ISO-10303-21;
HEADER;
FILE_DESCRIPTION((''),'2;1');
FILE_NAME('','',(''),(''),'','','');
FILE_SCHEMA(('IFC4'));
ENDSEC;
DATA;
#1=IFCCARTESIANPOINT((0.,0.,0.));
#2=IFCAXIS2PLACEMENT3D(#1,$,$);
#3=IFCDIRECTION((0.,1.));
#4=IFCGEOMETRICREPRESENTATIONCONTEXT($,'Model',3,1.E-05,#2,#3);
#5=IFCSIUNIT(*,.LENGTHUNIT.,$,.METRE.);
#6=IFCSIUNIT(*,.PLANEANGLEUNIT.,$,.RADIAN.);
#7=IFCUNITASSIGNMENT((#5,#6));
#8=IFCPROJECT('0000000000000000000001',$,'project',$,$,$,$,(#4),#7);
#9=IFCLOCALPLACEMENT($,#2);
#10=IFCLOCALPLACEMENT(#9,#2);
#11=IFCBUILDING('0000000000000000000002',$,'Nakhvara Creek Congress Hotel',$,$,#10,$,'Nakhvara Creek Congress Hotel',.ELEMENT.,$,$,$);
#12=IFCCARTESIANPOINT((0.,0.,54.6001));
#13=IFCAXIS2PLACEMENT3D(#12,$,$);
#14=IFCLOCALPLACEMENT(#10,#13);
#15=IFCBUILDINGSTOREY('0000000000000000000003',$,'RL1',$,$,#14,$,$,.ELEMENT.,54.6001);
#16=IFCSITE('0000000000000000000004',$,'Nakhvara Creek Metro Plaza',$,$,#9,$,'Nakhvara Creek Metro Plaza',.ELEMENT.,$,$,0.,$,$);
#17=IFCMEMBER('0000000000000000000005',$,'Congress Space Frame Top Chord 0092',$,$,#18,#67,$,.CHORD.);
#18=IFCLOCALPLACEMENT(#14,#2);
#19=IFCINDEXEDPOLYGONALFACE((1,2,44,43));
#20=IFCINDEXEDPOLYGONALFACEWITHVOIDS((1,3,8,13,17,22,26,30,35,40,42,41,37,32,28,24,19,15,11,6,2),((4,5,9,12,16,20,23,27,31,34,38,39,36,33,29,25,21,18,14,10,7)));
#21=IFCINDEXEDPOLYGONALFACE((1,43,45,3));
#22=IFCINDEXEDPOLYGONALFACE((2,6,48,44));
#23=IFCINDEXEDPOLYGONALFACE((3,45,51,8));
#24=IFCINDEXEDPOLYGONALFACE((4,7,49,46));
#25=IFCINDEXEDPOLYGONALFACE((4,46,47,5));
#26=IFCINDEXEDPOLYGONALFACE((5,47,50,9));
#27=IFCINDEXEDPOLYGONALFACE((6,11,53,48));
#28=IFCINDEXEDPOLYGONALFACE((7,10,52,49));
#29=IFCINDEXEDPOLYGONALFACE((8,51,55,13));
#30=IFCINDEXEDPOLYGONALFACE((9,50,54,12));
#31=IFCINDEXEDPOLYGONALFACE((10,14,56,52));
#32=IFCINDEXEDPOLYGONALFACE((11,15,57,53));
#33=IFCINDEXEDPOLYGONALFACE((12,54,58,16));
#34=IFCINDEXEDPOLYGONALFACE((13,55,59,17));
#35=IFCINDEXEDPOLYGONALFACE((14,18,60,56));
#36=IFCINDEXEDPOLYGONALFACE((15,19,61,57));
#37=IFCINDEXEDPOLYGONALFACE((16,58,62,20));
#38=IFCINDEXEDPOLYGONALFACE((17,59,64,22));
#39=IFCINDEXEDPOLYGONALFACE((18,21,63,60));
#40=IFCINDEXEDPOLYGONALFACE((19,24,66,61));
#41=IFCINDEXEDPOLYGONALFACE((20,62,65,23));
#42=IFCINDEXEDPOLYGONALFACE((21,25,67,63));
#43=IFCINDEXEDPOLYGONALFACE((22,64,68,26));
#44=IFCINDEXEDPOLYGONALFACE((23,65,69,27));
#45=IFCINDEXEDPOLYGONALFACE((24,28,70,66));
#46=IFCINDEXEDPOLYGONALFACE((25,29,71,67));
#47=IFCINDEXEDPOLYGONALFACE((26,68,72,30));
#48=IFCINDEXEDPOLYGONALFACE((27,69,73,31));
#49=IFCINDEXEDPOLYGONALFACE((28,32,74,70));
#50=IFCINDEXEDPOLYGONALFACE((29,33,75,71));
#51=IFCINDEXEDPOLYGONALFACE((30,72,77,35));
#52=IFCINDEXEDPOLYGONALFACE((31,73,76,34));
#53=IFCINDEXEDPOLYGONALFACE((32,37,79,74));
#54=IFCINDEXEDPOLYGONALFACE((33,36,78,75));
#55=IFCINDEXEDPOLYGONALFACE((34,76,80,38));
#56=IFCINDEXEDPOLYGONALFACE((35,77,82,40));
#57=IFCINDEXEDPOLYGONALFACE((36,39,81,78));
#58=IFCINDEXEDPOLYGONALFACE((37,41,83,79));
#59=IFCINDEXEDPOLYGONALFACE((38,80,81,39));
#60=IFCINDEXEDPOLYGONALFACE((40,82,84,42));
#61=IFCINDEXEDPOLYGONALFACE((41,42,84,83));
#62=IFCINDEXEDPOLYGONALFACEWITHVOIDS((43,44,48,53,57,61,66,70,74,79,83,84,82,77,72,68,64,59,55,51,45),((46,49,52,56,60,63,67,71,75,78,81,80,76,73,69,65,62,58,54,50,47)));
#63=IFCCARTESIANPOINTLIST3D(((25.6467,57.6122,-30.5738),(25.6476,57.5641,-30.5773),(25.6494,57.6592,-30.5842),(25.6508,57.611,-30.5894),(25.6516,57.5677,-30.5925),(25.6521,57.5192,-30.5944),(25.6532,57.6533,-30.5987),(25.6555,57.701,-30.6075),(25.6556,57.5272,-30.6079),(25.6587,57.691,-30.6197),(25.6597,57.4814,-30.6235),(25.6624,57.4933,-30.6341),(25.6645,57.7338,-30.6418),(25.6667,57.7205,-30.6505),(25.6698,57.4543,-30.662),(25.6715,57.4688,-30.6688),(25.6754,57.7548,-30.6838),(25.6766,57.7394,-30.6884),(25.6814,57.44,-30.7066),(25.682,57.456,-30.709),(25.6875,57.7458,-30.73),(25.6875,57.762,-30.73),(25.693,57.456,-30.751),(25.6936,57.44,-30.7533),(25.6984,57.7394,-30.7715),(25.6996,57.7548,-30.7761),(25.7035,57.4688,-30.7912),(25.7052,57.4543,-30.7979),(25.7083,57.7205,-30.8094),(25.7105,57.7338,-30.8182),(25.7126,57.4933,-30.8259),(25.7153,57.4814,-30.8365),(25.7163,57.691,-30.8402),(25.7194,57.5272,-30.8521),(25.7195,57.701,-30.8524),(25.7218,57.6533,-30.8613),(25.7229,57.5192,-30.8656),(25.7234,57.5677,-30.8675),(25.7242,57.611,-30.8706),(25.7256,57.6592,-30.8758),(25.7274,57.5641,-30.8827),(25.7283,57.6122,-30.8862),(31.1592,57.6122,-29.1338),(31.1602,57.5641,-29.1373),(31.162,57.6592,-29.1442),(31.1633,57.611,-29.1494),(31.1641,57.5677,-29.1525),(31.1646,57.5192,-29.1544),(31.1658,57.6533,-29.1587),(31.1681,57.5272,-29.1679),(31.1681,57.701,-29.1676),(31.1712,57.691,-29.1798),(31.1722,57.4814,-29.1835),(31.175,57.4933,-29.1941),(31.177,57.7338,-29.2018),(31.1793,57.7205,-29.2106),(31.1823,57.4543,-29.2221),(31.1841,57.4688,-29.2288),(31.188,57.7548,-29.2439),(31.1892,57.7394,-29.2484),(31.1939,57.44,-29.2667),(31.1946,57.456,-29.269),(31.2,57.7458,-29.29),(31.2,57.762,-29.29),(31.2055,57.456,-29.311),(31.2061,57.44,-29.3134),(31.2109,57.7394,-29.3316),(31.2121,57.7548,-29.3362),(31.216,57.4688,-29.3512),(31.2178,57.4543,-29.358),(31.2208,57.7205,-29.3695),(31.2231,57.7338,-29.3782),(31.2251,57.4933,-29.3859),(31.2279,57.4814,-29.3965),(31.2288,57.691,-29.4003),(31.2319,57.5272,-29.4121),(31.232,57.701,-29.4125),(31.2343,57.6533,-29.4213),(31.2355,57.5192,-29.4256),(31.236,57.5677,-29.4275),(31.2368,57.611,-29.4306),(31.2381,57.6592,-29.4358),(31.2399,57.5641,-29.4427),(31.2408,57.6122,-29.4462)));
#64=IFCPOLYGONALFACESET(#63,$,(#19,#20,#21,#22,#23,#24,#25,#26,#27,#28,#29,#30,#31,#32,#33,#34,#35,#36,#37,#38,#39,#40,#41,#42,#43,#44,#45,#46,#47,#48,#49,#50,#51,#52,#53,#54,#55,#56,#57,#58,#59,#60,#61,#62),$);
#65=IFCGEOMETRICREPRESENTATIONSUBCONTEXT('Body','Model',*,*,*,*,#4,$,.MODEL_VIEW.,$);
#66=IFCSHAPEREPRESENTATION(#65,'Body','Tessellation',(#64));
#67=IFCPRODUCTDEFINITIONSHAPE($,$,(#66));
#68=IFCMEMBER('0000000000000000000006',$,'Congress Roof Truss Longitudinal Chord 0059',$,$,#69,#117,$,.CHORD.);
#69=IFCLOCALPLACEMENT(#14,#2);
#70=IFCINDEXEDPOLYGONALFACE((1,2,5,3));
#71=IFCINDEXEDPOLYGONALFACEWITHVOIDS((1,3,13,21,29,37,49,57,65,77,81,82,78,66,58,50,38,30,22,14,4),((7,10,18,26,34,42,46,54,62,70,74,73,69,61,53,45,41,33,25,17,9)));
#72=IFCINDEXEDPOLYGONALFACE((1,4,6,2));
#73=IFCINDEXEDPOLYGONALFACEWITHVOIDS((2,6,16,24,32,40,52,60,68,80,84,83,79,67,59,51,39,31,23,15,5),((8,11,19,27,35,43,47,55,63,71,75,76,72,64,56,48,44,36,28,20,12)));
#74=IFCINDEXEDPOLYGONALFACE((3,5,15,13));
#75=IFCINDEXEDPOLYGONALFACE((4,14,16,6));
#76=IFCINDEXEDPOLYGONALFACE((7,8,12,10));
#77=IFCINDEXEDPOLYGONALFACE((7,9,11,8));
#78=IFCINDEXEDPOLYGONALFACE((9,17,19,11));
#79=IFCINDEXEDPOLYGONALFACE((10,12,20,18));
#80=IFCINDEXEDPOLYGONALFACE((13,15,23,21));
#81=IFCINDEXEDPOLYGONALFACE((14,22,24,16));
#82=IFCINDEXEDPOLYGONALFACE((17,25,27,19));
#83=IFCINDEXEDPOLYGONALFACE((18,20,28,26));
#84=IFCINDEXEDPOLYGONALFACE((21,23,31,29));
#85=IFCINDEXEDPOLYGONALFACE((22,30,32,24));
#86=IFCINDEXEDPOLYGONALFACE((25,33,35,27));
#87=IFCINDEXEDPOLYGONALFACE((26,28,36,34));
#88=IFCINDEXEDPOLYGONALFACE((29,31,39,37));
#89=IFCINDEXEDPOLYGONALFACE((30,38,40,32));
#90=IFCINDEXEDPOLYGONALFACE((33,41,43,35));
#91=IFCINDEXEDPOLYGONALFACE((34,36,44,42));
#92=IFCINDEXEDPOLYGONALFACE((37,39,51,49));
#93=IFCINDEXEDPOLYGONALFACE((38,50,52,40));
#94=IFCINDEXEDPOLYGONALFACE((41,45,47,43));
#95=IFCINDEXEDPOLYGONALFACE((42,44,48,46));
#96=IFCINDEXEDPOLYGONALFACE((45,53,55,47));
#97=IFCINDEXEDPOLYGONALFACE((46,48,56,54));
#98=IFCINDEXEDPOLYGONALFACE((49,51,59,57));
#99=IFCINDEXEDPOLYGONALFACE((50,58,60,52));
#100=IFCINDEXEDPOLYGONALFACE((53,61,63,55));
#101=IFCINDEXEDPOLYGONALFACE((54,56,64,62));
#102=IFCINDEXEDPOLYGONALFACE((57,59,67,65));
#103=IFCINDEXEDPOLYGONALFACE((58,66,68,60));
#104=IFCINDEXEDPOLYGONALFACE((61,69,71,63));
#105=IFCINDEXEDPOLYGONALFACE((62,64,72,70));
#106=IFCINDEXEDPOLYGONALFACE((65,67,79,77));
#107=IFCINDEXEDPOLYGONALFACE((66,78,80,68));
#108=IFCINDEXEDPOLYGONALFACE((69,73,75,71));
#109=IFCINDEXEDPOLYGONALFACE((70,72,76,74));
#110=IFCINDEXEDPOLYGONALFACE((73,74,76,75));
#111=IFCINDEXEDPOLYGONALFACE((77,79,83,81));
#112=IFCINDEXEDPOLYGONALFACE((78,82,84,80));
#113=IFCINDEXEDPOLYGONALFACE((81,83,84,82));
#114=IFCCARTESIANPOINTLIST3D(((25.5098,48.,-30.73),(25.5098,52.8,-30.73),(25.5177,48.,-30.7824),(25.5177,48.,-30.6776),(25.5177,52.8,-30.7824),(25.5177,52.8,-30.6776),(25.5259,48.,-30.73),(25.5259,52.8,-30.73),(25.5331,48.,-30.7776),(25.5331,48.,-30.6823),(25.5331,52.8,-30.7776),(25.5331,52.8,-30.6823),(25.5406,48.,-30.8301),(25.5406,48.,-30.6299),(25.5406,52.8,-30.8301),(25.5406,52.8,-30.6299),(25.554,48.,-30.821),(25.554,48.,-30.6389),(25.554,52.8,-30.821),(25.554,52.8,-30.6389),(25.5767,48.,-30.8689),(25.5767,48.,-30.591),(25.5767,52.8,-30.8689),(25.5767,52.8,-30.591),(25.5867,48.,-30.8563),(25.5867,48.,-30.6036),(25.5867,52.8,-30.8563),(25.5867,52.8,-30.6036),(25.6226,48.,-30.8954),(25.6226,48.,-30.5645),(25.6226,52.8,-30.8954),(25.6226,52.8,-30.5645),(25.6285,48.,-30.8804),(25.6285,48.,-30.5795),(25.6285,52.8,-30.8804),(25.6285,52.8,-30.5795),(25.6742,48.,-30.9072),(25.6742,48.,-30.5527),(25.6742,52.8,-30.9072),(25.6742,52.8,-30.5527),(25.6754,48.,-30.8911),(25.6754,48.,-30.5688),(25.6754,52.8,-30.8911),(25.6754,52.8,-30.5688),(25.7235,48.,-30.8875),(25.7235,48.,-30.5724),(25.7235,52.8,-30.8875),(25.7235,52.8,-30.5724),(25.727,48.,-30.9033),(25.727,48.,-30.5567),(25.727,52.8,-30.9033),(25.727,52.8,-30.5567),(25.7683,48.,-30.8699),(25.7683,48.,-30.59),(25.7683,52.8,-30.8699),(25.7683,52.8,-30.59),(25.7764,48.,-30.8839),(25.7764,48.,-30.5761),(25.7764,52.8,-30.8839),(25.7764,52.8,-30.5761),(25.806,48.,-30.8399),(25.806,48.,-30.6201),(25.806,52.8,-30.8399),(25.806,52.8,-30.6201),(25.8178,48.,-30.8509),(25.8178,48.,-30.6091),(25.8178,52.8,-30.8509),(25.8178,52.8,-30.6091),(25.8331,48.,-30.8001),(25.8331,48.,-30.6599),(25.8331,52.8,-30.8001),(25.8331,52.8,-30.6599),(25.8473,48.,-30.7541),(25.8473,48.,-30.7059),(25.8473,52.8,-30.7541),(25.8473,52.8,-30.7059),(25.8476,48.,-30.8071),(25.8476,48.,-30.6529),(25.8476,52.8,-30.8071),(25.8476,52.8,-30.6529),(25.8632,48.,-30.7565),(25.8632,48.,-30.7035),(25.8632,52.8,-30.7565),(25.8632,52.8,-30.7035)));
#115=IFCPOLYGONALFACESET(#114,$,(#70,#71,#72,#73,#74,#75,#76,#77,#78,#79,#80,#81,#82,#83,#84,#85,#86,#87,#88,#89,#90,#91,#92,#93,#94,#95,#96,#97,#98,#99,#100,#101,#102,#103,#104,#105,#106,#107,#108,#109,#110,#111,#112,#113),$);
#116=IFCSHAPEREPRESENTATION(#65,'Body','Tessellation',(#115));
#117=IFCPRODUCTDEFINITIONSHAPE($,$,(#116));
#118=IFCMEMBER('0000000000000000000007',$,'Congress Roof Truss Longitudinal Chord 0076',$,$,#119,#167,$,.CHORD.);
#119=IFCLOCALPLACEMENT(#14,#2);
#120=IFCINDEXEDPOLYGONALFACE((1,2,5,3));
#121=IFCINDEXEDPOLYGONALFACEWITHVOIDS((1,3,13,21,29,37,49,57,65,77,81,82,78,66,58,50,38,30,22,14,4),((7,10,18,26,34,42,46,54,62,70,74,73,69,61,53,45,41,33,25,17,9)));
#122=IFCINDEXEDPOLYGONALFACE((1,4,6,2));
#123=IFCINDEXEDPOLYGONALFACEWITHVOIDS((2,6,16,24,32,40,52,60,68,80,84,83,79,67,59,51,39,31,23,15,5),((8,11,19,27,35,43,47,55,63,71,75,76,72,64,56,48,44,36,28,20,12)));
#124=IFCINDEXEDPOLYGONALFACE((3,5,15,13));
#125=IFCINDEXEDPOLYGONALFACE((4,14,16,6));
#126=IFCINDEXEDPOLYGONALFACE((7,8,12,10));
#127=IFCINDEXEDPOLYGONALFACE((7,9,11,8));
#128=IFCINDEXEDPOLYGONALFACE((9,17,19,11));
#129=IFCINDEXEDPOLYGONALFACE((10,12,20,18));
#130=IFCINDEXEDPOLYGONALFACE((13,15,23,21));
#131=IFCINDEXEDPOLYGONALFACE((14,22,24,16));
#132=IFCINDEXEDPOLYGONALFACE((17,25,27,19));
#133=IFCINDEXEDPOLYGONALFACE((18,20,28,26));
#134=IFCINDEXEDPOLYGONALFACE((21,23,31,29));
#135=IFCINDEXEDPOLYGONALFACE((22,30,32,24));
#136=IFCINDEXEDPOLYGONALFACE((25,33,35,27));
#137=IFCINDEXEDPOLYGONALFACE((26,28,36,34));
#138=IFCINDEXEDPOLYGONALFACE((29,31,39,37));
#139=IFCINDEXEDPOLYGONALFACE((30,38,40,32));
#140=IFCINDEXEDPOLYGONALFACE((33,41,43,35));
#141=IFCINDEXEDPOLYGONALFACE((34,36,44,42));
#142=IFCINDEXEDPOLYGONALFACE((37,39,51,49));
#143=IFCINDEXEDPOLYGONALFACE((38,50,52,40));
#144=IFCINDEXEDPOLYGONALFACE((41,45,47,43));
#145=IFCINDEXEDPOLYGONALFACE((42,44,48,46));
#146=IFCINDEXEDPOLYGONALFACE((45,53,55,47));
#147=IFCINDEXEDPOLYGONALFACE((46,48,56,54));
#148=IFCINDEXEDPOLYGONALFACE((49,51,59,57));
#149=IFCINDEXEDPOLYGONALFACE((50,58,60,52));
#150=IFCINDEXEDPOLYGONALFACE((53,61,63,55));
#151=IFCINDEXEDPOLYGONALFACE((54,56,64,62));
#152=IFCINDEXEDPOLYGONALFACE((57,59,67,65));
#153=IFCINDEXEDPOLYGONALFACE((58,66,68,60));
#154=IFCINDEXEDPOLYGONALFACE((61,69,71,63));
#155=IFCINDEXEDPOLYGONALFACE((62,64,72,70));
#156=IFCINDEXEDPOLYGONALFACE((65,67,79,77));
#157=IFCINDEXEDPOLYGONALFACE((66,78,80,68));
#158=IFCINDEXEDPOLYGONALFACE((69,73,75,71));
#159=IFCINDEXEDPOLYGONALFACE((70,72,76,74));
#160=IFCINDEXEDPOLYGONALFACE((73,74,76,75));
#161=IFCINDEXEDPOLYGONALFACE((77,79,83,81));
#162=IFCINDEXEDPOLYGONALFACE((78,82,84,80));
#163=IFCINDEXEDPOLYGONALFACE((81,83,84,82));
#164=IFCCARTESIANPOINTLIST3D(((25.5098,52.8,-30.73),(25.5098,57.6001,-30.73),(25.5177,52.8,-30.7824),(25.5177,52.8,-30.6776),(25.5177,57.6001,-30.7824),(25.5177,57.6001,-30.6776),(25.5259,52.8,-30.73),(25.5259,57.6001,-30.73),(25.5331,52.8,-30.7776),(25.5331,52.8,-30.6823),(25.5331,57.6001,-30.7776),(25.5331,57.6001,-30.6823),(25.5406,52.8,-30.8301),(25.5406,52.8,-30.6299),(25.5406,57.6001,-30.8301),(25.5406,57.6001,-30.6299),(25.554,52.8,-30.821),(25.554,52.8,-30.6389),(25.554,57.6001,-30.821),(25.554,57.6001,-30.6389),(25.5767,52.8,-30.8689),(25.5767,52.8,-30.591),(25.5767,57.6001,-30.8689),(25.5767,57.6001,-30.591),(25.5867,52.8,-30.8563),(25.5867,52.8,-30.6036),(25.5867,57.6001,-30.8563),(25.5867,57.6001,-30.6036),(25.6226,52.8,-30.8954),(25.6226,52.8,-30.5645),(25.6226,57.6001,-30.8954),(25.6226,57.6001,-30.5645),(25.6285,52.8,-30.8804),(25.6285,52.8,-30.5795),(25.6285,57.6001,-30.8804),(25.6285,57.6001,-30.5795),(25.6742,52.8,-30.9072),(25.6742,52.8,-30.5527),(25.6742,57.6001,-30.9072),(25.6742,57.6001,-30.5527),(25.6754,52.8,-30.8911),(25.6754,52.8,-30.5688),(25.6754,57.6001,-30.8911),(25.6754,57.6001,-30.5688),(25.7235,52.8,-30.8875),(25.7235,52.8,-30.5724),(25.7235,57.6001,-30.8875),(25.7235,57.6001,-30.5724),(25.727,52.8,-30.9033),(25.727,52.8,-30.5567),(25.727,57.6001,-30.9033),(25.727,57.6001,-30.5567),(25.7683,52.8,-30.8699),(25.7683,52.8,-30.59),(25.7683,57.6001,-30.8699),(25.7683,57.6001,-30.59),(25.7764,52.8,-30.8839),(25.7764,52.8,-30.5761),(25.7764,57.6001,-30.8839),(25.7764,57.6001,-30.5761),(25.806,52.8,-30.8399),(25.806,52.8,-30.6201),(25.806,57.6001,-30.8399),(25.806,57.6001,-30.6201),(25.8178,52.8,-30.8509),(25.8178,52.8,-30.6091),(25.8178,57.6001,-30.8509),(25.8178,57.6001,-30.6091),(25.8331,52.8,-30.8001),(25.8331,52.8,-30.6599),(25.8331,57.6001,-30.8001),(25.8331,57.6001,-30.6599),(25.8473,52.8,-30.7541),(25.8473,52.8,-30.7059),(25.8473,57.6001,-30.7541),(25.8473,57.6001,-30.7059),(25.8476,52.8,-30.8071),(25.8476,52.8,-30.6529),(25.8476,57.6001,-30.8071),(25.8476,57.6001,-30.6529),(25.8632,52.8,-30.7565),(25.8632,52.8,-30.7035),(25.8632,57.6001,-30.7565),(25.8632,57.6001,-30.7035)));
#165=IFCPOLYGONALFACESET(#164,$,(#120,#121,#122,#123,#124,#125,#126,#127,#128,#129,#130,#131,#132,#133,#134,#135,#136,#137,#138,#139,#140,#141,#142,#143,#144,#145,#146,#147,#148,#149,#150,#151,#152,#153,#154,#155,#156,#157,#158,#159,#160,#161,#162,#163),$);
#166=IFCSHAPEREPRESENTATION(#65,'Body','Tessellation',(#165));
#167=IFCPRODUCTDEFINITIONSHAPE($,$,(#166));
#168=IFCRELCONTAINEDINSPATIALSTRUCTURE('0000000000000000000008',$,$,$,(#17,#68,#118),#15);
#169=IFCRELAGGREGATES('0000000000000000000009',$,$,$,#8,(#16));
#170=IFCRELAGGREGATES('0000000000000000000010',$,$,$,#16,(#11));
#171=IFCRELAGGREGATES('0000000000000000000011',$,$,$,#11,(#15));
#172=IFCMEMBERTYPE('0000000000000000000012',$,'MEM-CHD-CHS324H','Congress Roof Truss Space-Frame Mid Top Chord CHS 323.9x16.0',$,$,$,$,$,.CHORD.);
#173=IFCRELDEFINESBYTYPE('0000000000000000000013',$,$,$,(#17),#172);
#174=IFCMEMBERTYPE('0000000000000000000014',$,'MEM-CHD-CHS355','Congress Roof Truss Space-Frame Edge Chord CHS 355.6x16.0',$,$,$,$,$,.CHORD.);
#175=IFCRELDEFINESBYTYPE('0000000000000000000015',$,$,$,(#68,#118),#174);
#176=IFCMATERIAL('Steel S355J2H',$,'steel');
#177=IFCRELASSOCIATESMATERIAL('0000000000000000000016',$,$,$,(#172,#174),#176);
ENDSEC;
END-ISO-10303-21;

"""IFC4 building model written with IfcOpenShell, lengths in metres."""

from ifc_helpers import new_model, si_unit, direction, frame, origin, origin_2d, place, context, subcontext, project, spatial, hollow_circle, extrude, material, material_profile, profile_set, type_object, element, save


model = new_model("IFC4")

# Units and contexts
model_context = context("Model", 3, precision=1e-05, world=origin(), true_north=direction((0.0, 1.0)))
body_context = subcontext(model_context, "Body", "Model", "MODEL_VIEW")
ifc_project = project(units=[si_unit("LENGTHUNIT", "METRE"), si_unit("PLANEANGLEUNIT", "RADIAN")], contexts=[model_context])

# Site, building, storey
site_placement = place(None, origin())
site = spatial("IfcSite", under=ifc_project, at=site_placement, Name="Nakhvara Creek Metro Plaza", LongName="Nakhvara Creek Metro Plaza", CompositionType="ELEMENT", RefElevation=0.0)
building_placement = place(site_placement, origin())
building = spatial("IfcBuilding", under=site, at=building_placement, Name="Nakhvara Creek Congress Hotel", LongName="Nakhvara Creek Congress Hotel", CompositionType="ELEMENT")
storey_placement = place(building_placement, frame((0.0, 0.0, 54.6001)))
storey = spatial("IfcBuildingStorey", under=building, at=storey_placement, Name="RL1", CompositionType="ELEMENT", Elevation=54.6001)

# Members
ifc_material_1 = material(Name="Steel S355J2H", Category="steel")
ifc_material_profile_1 = material_profile(ifc_material_1, hollow_circle(Radius=0.1619, WallThickness=0.0161, at=origin_2d()), Name="CHS 323.9x16.0", Category="LoadBearing")
ifc_profile_set_1 = profile_set([ifc_material_profile_1], Name="Steel S355J2H")
member_type_1 = type_object("IfcMemberType", Name="MEM-CHD-CHS324H", Description="Congress Roof Truss Space-Frame Mid Top Chord CHS 323.9x16.0", PredefinedType="CHORD", material=ifc_profile_set_1)
for number, where, z_axis, x_axis, name in (
    (1, (25.6875, 57.6001, -30.73), (0.967535, 0.0, 0.252736), (0.0, 1.0, 0.0), "Congress Space Frame Top Chord 0092"),
):
    element("IfcMember", number, at=place(storey_placement, frame(where, z_axis=z_axis, x_axis=x_axis)), inside=storey, type_object=member_type_1, Name=name, PredefinedType="CHORD", context=body_context, shape_type="SweptSolid", body=[
        extrude(hollow_circle(Radius=0.1619, WallThickness=0.0161, at=origin_2d()), origin(), (0.0, 0.0, 1.0), 5.6975),
    ])
ifc_material_profile_2 = material_profile(ifc_material_1, hollow_circle(Radius=0.1777, WallThickness=0.0161, at=origin_2d()), Name="CHS 355.6x16.0", Category="LoadBearing")
ifc_profile_set_2 = profile_set([ifc_material_profile_2], Name="Steel S355J2H")
member_type_2 = type_object("IfcMemberType", Name="MEM-CHD-CHS355", Description="Congress Roof Truss Space-Frame Edge Chord CHS 355.6x16.0", PredefinedType="CHORD", material=ifc_profile_set_2)
for number, where, z_axis, x_axis, name in (
    (2, (25.6875, 48.0, -30.73), (0.0, 1.0, 0.0), (-1.0, 0.0, 0.0), "Congress Roof Truss Longitudinal Chord 0059"),
    (3, (25.6875, 52.8, -30.73), (0.0, 1.0, 0.0), (-1.0, 0.0, 0.0), "Congress Roof Truss Longitudinal Chord 0076"),
):
    element("IfcMember", number, at=place(storey_placement, frame(where, z_axis=z_axis, x_axis=x_axis)), inside=storey, type_object=member_type_2, Name=name, PredefinedType="CHORD", context=body_context, shape_type="SweptSolid", body=[
        extrude(hollow_circle(Radius=0.1777, WallThickness=0.0161, at=origin_2d()), origin(), (0.0, 0.0, 1.0), 4.8),
    ])

save(model, "model.ifc")
